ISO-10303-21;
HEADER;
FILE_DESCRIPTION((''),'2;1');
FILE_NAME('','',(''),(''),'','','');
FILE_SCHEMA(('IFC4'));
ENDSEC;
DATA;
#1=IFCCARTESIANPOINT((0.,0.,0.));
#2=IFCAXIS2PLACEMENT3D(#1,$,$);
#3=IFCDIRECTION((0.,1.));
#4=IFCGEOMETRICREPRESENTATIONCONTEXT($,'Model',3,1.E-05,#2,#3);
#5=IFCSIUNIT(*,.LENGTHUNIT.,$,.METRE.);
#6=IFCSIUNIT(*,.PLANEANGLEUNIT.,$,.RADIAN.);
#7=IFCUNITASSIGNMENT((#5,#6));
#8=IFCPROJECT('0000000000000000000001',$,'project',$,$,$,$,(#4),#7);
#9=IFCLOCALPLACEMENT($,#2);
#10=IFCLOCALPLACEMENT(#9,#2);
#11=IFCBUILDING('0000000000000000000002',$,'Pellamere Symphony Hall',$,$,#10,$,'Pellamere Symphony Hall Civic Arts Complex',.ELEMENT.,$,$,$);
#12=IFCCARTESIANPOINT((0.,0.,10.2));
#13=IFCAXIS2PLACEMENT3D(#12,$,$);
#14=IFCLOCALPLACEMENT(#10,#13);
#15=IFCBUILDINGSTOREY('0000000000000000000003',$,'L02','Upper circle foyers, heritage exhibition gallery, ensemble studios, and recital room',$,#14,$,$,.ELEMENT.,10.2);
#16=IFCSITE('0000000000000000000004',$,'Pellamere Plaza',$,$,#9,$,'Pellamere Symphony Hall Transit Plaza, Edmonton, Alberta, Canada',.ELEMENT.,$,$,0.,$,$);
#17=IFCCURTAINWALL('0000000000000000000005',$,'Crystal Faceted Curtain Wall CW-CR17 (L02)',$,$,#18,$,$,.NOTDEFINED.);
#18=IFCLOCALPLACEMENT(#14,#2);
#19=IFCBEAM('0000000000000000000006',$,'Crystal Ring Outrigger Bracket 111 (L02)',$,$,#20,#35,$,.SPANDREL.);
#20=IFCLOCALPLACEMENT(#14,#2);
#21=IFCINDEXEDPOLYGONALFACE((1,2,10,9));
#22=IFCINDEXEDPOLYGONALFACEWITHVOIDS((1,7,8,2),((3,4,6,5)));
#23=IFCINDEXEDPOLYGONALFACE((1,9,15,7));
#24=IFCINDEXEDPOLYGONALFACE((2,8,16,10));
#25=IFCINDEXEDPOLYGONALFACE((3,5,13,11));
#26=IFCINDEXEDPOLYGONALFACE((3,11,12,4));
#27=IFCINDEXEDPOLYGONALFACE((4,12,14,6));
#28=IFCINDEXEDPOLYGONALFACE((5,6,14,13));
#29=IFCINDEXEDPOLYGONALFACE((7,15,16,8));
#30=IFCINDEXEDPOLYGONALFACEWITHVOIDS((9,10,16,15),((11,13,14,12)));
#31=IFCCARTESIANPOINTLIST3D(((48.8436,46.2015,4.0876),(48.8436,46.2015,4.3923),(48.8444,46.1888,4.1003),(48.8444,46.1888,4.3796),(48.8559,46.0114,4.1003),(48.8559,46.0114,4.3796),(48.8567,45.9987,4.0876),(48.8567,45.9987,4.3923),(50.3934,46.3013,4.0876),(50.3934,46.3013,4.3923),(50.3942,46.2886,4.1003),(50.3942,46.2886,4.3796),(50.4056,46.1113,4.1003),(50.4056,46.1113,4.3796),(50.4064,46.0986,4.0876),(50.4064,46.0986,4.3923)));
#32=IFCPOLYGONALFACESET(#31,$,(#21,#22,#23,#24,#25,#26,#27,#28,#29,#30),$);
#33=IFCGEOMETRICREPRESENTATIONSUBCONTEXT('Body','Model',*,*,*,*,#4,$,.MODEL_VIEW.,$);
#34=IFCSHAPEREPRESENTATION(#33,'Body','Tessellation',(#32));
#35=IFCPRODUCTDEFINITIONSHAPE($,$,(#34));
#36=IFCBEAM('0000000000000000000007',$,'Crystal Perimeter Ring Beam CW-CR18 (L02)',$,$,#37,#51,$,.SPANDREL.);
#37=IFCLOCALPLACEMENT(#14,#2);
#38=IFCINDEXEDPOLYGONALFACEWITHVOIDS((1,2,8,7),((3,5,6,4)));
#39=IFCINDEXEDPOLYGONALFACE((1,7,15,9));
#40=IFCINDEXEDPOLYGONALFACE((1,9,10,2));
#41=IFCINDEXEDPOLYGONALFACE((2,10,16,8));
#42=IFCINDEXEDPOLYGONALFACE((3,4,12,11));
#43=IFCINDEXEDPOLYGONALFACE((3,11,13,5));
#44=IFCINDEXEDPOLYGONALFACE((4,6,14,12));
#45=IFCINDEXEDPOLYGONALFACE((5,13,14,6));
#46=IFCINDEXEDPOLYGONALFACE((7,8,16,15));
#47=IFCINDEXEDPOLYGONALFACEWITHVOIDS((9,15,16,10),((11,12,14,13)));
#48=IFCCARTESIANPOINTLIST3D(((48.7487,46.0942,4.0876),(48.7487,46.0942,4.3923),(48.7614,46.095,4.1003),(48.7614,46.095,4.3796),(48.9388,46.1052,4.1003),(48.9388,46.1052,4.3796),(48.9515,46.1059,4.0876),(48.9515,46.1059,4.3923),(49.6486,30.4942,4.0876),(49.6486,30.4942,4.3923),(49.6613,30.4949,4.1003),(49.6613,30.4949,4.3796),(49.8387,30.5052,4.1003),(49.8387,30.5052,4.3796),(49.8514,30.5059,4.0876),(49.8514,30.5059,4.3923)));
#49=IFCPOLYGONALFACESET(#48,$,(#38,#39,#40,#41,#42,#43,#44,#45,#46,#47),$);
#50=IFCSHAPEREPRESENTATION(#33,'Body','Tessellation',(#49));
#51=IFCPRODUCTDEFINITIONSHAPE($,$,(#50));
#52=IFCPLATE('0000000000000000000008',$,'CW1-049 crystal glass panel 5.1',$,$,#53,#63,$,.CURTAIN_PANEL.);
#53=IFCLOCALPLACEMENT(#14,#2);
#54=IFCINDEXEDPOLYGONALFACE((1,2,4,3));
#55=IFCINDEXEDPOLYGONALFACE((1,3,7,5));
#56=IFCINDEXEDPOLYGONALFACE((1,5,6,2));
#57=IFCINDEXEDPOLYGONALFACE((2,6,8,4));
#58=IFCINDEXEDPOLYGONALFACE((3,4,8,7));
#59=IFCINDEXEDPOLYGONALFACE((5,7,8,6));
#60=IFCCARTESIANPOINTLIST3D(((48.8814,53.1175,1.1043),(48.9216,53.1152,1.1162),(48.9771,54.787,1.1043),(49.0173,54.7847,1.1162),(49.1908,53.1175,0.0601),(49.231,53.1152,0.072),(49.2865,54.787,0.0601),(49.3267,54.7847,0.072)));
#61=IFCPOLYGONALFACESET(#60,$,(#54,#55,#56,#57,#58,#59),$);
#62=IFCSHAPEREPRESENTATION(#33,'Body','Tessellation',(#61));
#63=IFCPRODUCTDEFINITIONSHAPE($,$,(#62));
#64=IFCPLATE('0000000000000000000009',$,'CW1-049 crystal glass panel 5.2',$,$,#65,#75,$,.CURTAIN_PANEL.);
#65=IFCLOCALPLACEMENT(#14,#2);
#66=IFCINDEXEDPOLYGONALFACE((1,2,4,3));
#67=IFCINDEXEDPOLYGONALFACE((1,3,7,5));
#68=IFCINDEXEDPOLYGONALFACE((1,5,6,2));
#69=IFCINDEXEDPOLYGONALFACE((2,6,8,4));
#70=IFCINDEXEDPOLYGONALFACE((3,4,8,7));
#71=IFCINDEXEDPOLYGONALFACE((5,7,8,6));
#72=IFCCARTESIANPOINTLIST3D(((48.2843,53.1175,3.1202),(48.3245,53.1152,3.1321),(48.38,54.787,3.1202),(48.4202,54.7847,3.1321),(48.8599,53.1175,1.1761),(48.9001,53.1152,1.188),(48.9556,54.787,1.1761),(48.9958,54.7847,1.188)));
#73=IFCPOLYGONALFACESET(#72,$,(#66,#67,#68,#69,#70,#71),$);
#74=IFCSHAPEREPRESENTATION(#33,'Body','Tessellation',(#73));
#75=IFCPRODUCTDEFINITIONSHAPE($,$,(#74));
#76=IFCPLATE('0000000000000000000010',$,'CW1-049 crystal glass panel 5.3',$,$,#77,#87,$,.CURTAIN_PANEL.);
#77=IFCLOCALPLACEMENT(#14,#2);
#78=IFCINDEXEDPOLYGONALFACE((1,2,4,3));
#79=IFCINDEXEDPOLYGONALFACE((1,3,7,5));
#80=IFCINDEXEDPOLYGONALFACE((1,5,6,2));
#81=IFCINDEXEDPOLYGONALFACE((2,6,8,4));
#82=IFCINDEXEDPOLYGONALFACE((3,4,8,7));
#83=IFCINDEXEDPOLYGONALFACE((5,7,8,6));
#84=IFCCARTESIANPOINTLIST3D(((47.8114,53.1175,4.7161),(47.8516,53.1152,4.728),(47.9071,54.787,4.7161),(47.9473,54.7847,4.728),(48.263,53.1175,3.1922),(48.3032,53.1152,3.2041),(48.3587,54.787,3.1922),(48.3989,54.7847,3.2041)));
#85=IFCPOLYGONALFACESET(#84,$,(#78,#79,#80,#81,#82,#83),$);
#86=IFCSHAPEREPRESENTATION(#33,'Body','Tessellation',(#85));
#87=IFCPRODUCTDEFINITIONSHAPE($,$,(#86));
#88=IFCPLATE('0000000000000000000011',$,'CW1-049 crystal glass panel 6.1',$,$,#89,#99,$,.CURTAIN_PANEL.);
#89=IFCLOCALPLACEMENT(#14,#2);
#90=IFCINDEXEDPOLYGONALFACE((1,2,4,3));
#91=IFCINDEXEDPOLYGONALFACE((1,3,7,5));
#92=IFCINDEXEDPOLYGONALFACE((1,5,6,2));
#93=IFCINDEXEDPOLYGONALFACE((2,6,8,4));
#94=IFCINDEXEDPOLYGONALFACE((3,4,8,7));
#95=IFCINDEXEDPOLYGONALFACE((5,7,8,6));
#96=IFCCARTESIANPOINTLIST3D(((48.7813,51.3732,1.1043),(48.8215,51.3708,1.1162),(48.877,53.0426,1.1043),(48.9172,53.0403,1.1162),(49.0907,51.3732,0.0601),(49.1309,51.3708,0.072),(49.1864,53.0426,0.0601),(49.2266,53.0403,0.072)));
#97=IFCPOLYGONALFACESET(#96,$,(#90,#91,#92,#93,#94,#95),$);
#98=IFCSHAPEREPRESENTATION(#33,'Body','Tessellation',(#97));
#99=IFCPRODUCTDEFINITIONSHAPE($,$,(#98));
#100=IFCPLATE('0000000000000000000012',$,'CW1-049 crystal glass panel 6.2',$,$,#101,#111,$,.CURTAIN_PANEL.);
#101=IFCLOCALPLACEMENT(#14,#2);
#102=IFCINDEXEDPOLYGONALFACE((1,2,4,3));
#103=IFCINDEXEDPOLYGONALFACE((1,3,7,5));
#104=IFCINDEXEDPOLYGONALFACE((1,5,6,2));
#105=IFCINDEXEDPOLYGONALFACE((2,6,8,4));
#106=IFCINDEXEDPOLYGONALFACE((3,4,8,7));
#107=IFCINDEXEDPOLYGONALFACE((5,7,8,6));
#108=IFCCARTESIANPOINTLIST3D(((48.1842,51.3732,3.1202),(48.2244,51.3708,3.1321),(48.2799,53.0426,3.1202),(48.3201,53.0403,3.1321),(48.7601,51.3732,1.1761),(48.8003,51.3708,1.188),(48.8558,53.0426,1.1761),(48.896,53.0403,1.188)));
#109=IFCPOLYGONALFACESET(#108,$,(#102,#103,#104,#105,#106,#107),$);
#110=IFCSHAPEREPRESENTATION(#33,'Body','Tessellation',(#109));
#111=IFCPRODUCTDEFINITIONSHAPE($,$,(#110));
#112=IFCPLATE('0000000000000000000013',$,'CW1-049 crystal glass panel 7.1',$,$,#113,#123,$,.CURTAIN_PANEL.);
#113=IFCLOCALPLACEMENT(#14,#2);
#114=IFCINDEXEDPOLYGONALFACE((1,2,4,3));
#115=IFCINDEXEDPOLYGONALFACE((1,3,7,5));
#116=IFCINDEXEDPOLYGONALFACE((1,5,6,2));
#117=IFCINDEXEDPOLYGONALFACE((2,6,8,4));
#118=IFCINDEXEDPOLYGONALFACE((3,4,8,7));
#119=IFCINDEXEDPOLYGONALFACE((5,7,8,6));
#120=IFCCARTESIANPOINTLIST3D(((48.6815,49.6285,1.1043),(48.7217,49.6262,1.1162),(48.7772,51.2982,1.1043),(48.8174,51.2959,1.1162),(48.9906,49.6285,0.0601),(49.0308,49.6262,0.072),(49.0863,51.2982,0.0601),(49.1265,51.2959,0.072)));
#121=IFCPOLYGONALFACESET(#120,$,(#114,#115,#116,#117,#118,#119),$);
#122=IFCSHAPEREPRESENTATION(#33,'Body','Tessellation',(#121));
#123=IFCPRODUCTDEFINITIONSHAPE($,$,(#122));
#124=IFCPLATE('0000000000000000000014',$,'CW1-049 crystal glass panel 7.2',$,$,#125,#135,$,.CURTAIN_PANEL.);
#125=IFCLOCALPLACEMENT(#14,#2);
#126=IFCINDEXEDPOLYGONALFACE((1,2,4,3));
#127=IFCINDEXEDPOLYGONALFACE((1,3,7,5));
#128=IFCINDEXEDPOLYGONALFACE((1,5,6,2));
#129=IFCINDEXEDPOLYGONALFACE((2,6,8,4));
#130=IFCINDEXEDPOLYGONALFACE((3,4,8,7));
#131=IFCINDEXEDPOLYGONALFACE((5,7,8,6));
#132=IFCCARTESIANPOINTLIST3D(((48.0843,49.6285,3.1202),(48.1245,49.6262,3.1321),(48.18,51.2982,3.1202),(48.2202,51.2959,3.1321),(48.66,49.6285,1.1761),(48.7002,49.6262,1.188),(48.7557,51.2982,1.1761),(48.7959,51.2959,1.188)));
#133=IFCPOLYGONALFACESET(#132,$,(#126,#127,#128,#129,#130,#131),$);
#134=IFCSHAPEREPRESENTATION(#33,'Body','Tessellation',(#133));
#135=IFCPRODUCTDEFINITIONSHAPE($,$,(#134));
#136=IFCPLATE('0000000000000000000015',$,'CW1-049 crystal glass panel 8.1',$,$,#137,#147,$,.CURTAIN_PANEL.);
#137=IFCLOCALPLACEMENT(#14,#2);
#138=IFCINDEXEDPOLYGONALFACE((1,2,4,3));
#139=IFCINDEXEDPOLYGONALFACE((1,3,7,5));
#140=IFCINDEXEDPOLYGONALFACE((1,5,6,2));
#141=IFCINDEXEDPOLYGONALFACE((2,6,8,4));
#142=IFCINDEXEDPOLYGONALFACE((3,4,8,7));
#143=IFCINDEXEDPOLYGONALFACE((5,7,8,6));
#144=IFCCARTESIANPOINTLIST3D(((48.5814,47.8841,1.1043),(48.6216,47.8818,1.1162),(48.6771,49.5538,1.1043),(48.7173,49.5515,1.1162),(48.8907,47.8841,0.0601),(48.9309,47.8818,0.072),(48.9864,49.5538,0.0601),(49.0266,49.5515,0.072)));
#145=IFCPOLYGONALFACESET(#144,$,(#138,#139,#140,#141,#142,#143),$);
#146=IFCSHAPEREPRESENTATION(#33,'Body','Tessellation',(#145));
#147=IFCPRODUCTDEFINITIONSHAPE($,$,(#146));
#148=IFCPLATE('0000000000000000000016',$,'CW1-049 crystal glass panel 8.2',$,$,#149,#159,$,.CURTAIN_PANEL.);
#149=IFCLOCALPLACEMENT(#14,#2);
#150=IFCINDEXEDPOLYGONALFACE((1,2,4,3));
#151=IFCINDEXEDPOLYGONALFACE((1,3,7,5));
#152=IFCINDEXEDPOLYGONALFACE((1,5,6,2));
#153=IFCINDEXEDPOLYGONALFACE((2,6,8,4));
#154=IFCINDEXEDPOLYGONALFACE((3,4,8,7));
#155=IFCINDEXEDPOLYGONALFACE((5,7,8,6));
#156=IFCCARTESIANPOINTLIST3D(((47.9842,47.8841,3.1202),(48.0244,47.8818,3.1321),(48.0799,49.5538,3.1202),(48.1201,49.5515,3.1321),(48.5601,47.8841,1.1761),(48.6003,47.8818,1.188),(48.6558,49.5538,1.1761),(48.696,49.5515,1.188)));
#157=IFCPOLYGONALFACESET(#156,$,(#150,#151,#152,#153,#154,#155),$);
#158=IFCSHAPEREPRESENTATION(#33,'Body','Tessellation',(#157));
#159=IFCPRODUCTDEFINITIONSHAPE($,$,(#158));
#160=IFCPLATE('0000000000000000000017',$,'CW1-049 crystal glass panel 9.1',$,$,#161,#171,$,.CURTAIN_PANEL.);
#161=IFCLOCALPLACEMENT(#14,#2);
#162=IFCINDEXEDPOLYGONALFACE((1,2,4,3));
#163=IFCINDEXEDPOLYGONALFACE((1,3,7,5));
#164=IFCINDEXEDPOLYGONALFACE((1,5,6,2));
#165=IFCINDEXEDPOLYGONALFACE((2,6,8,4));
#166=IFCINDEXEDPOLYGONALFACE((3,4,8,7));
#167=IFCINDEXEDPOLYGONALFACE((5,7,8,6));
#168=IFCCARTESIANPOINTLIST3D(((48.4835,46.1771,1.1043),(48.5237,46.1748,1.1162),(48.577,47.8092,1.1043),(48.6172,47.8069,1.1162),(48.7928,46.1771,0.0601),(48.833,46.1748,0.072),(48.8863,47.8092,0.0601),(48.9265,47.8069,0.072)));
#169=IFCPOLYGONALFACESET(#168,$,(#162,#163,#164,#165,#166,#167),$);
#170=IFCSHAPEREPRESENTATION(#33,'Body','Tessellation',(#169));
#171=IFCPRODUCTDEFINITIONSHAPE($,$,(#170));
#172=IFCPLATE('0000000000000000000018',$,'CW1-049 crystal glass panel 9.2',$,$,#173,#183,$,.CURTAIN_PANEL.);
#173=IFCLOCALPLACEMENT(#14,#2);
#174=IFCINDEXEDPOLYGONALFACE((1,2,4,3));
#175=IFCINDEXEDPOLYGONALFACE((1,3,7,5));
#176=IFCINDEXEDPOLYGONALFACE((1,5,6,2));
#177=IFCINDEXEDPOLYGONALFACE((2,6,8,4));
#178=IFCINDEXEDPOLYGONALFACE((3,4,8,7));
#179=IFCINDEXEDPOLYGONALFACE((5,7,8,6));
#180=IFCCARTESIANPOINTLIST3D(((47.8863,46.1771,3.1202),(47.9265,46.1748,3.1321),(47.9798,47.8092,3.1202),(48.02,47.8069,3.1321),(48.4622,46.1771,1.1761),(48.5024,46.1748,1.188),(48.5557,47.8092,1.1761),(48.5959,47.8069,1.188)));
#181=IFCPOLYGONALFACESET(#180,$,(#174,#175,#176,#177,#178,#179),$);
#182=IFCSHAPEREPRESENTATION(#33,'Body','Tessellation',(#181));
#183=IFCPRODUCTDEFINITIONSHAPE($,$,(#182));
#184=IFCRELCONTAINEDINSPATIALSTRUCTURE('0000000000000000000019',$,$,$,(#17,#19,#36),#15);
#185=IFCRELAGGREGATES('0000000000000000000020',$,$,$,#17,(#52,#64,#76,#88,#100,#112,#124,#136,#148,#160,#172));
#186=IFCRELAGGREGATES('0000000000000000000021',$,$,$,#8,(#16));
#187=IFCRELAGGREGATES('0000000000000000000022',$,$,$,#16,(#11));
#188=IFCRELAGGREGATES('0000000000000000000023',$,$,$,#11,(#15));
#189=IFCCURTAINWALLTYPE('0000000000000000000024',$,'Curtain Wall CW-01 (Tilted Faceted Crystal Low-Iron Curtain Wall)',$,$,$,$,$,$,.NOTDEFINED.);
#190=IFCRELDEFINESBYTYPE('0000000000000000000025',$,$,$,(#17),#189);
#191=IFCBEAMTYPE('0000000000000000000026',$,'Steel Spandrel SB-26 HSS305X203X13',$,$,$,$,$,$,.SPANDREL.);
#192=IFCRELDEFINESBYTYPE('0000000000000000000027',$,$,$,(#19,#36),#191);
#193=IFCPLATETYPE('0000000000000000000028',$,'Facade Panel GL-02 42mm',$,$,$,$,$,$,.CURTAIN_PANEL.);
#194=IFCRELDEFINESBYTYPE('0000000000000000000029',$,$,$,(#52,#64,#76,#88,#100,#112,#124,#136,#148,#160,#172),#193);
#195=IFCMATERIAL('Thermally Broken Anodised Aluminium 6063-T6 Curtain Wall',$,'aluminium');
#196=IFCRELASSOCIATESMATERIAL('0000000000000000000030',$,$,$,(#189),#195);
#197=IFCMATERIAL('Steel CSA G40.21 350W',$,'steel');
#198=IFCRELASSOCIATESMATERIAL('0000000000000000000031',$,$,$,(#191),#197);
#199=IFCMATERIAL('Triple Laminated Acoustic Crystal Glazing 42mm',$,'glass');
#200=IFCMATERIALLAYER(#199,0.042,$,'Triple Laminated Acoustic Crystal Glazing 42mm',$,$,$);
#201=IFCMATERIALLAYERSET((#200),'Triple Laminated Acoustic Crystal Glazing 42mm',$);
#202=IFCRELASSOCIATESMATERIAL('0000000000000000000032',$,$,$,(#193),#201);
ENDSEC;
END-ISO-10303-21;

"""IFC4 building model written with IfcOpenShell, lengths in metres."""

from ifc_helpers import new_model, si_unit, direction, frame, origin, origin_2d, place, context, subcontext, project, spatial, polyline, hollow_rectangle, outline, extrude, material, layer, layer_set, material_profile, profile_set, type_object, element, aggregate, save


model = new_model("IFC4")

# Units and contexts
model_context = context("Model", 3, precision=1e-05, world=origin(), true_north=direction((0.0, 1.0)))
body_context = subcontext(model_context, "Body", "Model", "MODEL_VIEW")
ifc_project = project(units=[si_unit("LENGTHUNIT", "METRE"), si_unit("PLANEANGLEUNIT", "RADIAN")], contexts=[model_context])

# Site, building, storey
site_placement = place(None, origin())
site = spatial("IfcSite", under=ifc_project, at=site_placement, Name="Pellamere Plaza", LongName="Pellamere Symphony Hall Transit Plaza, Edmonton, Alberta, Canada", CompositionType="ELEMENT", RefElevation=0.0)
building_placement = place(site_placement, origin())
building = spatial("IfcBuilding", under=site, at=building_placement, Name="Pellamere Symphony Hall", LongName="Pellamere Symphony Hall Civic Arts Complex", CompositionType="ELEMENT")
storey_placement = place(building_placement, frame((0.0, 0.0, 10.2)))
storey = spatial("IfcBuildingStorey", under=building, at=storey_placement, Name="L02", Description="Upper circle foyers, heritage exhibition gallery, ensemble studios, and recital room", CompositionType="ELEMENT", Elevation=10.2)

# Curtain wall
ifc_material_1 = material(Name="Thermally Broken Anodised Aluminium 6063-T6 Curtain Wall", Category="aluminium")
curtain_wall_type = type_object("IfcCurtainWallType", Name="Curtain Wall CW-01 (Tilted Faceted Crystal Low-Iron Curtain Wall)", PredefinedType="NOTDEFINED", material=ifc_material_1)
curtain_wall_placement = place(storey_placement, origin())
curtain_wall = element("IfcCurtainWall", 1, at=curtain_wall_placement, inside=storey, type_object=curtain_wall_type, Name="Crystal Faceted Curtain Wall CW-CR17 (L02)", PredefinedType="NOTDEFINED")

# Beams
ifc_material_2 = material(Name="Steel CSA G40.21 350W", Category="steel")
ifc_material_profile_1 = material_profile(ifc_material_2, hollow_rectangle(XDim=0.2031, YDim=0.3047, WallThickness=0.0127, at=origin_2d()), Name="HSS305X203X13")
ifc_profile_set_1 = profile_set([ifc_material_profile_1], Name="Steel CSA G40.21 350W")
beam_type_1 = type_object("IfcBeamType", Name="Steel Spandrel SB-26 HSS305X203X13", PredefinedType="SPANDREL", material=ifc_profile_set_1)
beam_1_placement = place(storey_placement, frame((50.3999, 46.2, 4.24), z_axis=(-0.997931, -0.064296, 0.0), x_axis=(0.064296, -0.997931, 0.0)))
element("IfcBeam", 2, at=beam_1_placement, inside=storey, type_object=beam_type_1, Name="Crystal Ring Outrigger Bracket 111 (L02)", PredefinedType="SPANDREL", context=body_context, shape_type="SweptSolid", body=[
    extrude(hollow_rectangle(XDim=0.2031, YDim=0.3047, WallThickness=0.0127, at=origin_2d()), origin(), (0.0, 0.0, 1.0), 1.553),
])
beam_2_placement = place(storey_placement, frame((48.8501, 46.1001, 4.24), z_axis=(0.05759, -0.99834, 0.0), x_axis=(0.99834, 0.05759, 0.0)))
element("IfcBeam", 3, at=beam_2_placement, inside=storey, type_object=beam_type_1, Name="Crystal Perimeter Ring Beam CW-CR18 (L02)", PredefinedType="SPANDREL", context=body_context, shape_type="SweptSolid", body=[
    extrude(hollow_rectangle(XDim=0.2031, YDim=0.3047, WallThickness=0.0127, at=origin_2d()), origin(), (0.0, 0.0, 1.0), 15.626),
])

# Plates
ifc_material_3 = material(Name="Triple Laminated Acoustic Crystal Glazing 42mm", Category="glass")
ifc_layer_1 = layer(ifc_material_3, 0.042, Name="Triple Laminated Acoustic Crystal Glazing 42mm")
ifc_layer_set_1 = layer_set([ifc_layer_1], Name="Triple Laminated Acoustic Crystal Glazing 42mm")
plate_type_1 = type_object("IfcPlateType", Name="Facade Panel GL-02 42mm", PredefinedType="CURTAIN_PANEL", material=ifc_layer_set_1)
plate_1_placement = place(storey_placement, frame((49.3267, 54.7847, 0.072), z_axis=(0.957369, -0.054883, 0.283607), x_axis=(-0.057233, -0.998361, 0.0)))
plate_1 = element("IfcPlate", 4, at=plate_1_placement, type_object=plate_type_1, Name="CW1-049 crystal glass panel 5.1", PredefinedType="CURTAIN_PANEL", context=body_context, shape_type="SweptSolid", body=[
    extrude(outline(polyline([(0.0, 0.0), (1.6722, 0.0), (1.6899, -1.0889), (0.0177, -1.0889), (0.0, 0.0)])), origin(), (0.0, 0.0, -1.0), 0.042),
])
plate_2_placement = place(storey_placement, frame((48.9958, 54.7847, 1.188), z_axis=(0.957399, -0.054885, 0.283505), x_axis=(-0.057233, -0.998361, 0.0)))
plate_2 = element("IfcPlate", 5, at=plate_2_placement, type_object=plate_type_1, Name="CW1-049 crystal glass panel 5.2", PredefinedType="CURTAIN_PANEL", context=body_context, shape_type="SweptSolid", body=[
    extrude(outline(polyline([(0.0, 0.0), (1.6722, 0.0), (1.7051, -2.0273), (0.0329, -2.0273), (0.0, 0.0)])), origin(), (0.0, 0.0, -1.0), 0.042),
])
plate_3_placement = place(storey_placement, frame((48.3989, 54.7847, 3.2041), z_axis=(0.957331, -0.054881, 0.283733), x_axis=(-0.057233, -0.998361, 0.0)))
plate_3 = element("IfcPlate", 6, at=plate_3_placement, type_object=plate_type_1, Name="CW1-049 crystal glass panel 5.3", PredefinedType="CURTAIN_PANEL", context=body_context, shape_type="SweptSolid", body=[
    extrude(outline(polyline([(0.0, 0.0), (1.6722, 0.0), (1.698, -1.5892), (0.0258, -1.5892), (0.0, 0.0)])), origin(), (0.0, 0.0, -1.0), 0.042),
])
plate_4_placement = place(storey_placement, frame((49.2266, 53.0403, 0.072), z_axis=(0.957369, -0.054883, 0.283607), x_axis=(-0.057233, -0.998361, 0.0)))
plate_4 = element("IfcPlate", 7, at=plate_4_placement, type_object=plate_type_1, Name="CW1-049 crystal glass panel 6.1", PredefinedType="CURTAIN_PANEL", context=body_context, shape_type="SweptSolid", body=[
    extrude(outline(polyline([(0.0, 0.0), (1.6722, 0.0), (1.6899, -1.0889), (0.0177, -1.0889), (0.0, 0.0)])), origin(), (0.0, 0.0, -1.0), 0.042),
])
plate_5_placement = place(storey_placement, frame((48.896, 53.0403, 1.188), z_axis=(0.957366, -0.054883, 0.283615), x_axis=(-0.057233, -0.998361, 0.0)))
plate_5 = element("IfcPlate", 8, at=plate_5_placement, type_object=plate_type_1, Name="CW1-049 crystal glass panel 6.2", PredefinedType="CURTAIN_PANEL", context=body_context, shape_type="SweptSolid", body=[
    extrude(outline(polyline([(0.0, 0.0), (1.6722, 0.0), (1.7051, -2.0273), (0.033, -2.0273), (0.0, 0.0)])), origin(), (0.0, 0.0, -1.0), 0.042),
])
plate_6_placement = place(storey_placement, frame((49.1265, 51.2959, 0.072), z_axis=(0.95743, -0.054878, 0.283401), x_axis=(-0.057224, -0.998361, 0.0)))
plate_6 = element("IfcPlate", 9, at=plate_6_placement, type_object=plate_type_1, Name="CW1-049 crystal glass panel 7.1", PredefinedType="CURTAIN_PANEL", context=body_context, shape_type="SweptSolid", body=[
    extrude(outline(polyline([(0.0, 0.0), (1.6724, 0.0), (1.6901, -1.0888), (0.0177, -1.0888), (0.0, 0.0)])), origin(), (0.0, 0.0, -1.0), 0.042),
])
plate_7_placement = place(storey_placement, frame((48.7959, 51.2959, 1.188), z_axis=(0.957399, -0.054877, 0.283505), x_axis=(-0.057224, -0.998361, 0.0)))
plate_7 = element("IfcPlate", 10, at=plate_7_placement, type_object=plate_type_1, Name="CW1-049 crystal glass panel 7.2", PredefinedType="CURTAIN_PANEL", context=body_context, shape_type="SweptSolid", body=[
    extrude(outline(polyline([(0.0, 0.0), (1.6724, 0.0), (1.7054, -2.0273), (0.0329, -2.0273), (0.0, 0.0)])), origin(), (0.0, 0.0, -1.0), 0.042),
])
plate_8_placement = place(storey_placement, frame((49.0266, 49.5515, 0.072), z_axis=(0.957369, -0.054875, 0.283607), x_axis=(-0.057224, -0.998361, 0.0)))
plate_8 = element("IfcPlate", 11, at=plate_8_placement, type_object=plate_type_1, Name="CW1-049 crystal glass panel 8.1", PredefinedType="CURTAIN_PANEL", context=body_context, shape_type="SweptSolid", body=[
    extrude(outline(polyline([(0.0, 0.0), (1.6724, 0.0), (1.6901, -1.0889), (0.0177, -1.0889), (0.0, 0.0)])), origin(), (0.0, 0.0, -1.0), 0.042),
])
plate_9_placement = place(storey_placement, frame((48.696, 49.5515, 1.188), z_axis=(0.957367, -0.054875, 0.283615), x_axis=(-0.057224, -0.998361, 0.0)))
plate_9 = element("IfcPlate", 12, at=plate_9_placement, type_object=plate_type_1, Name="CW1-049 crystal glass panel 8.2", PredefinedType="CURTAIN_PANEL", context=body_context, shape_type="SweptSolid", body=[
    extrude(outline(polyline([(0.0, 0.0), (1.6724, 0.0), (1.7054, -2.0273), (0.033, -2.0273), (0.0, 0.0)])), origin(), (0.0, 0.0, -1.0), 0.042),
])
plate_10_placement = place(storey_placement, frame((48.9265, 47.8069, 0.072), z_axis=(0.957371, -0.05485, 0.283607), x_axis=(-0.057199, -0.998363, 0.0)))
plate_10 = element("IfcPlate", 13, at=plate_10_placement, type_object=plate_type_1, Name="CW1-049 crystal glass panel 9.1", PredefinedType="CURTAIN_PANEL", context=body_context, shape_type="SweptSolid", body=[
    extrude(outline(polyline([(0.0, 0.0), (1.6348, 0.0), (1.6524, -1.0889), (0.0177, -1.0889), (0.0, 0.0)])), origin(), (0.0, 0.0, -1.0), 0.042),
])
plate_11_placement = place(storey_placement, frame((48.5959, 47.8069, 1.188), z_axis=(0.957368, -0.05485, 0.283616), x_axis=(-0.057199, -0.998363, 0.0)))
plate_11 = element("IfcPlate", 14, at=plate_11_placement, type_object=plate_type_1, Name="CW1-049 crystal glass panel 9.2", PredefinedType="CURTAIN_PANEL", context=body_context, shape_type="SweptSolid", body=[
    extrude(outline(polyline([(0.0, 0.0), (1.6348, 0.0), (1.6677, -2.0273), (0.0329, -2.0273), (0.0, 0.0)])), origin(), (0.0, 0.0, -1.0), 0.042),
])
aggregate(curtain_wall, [plate_1, plate_2, plate_3, plate_4, plate_5, plate_6, plate_7, plate_8, plate_9, plate_10, plate_11])

save(model, "model.ifc")
